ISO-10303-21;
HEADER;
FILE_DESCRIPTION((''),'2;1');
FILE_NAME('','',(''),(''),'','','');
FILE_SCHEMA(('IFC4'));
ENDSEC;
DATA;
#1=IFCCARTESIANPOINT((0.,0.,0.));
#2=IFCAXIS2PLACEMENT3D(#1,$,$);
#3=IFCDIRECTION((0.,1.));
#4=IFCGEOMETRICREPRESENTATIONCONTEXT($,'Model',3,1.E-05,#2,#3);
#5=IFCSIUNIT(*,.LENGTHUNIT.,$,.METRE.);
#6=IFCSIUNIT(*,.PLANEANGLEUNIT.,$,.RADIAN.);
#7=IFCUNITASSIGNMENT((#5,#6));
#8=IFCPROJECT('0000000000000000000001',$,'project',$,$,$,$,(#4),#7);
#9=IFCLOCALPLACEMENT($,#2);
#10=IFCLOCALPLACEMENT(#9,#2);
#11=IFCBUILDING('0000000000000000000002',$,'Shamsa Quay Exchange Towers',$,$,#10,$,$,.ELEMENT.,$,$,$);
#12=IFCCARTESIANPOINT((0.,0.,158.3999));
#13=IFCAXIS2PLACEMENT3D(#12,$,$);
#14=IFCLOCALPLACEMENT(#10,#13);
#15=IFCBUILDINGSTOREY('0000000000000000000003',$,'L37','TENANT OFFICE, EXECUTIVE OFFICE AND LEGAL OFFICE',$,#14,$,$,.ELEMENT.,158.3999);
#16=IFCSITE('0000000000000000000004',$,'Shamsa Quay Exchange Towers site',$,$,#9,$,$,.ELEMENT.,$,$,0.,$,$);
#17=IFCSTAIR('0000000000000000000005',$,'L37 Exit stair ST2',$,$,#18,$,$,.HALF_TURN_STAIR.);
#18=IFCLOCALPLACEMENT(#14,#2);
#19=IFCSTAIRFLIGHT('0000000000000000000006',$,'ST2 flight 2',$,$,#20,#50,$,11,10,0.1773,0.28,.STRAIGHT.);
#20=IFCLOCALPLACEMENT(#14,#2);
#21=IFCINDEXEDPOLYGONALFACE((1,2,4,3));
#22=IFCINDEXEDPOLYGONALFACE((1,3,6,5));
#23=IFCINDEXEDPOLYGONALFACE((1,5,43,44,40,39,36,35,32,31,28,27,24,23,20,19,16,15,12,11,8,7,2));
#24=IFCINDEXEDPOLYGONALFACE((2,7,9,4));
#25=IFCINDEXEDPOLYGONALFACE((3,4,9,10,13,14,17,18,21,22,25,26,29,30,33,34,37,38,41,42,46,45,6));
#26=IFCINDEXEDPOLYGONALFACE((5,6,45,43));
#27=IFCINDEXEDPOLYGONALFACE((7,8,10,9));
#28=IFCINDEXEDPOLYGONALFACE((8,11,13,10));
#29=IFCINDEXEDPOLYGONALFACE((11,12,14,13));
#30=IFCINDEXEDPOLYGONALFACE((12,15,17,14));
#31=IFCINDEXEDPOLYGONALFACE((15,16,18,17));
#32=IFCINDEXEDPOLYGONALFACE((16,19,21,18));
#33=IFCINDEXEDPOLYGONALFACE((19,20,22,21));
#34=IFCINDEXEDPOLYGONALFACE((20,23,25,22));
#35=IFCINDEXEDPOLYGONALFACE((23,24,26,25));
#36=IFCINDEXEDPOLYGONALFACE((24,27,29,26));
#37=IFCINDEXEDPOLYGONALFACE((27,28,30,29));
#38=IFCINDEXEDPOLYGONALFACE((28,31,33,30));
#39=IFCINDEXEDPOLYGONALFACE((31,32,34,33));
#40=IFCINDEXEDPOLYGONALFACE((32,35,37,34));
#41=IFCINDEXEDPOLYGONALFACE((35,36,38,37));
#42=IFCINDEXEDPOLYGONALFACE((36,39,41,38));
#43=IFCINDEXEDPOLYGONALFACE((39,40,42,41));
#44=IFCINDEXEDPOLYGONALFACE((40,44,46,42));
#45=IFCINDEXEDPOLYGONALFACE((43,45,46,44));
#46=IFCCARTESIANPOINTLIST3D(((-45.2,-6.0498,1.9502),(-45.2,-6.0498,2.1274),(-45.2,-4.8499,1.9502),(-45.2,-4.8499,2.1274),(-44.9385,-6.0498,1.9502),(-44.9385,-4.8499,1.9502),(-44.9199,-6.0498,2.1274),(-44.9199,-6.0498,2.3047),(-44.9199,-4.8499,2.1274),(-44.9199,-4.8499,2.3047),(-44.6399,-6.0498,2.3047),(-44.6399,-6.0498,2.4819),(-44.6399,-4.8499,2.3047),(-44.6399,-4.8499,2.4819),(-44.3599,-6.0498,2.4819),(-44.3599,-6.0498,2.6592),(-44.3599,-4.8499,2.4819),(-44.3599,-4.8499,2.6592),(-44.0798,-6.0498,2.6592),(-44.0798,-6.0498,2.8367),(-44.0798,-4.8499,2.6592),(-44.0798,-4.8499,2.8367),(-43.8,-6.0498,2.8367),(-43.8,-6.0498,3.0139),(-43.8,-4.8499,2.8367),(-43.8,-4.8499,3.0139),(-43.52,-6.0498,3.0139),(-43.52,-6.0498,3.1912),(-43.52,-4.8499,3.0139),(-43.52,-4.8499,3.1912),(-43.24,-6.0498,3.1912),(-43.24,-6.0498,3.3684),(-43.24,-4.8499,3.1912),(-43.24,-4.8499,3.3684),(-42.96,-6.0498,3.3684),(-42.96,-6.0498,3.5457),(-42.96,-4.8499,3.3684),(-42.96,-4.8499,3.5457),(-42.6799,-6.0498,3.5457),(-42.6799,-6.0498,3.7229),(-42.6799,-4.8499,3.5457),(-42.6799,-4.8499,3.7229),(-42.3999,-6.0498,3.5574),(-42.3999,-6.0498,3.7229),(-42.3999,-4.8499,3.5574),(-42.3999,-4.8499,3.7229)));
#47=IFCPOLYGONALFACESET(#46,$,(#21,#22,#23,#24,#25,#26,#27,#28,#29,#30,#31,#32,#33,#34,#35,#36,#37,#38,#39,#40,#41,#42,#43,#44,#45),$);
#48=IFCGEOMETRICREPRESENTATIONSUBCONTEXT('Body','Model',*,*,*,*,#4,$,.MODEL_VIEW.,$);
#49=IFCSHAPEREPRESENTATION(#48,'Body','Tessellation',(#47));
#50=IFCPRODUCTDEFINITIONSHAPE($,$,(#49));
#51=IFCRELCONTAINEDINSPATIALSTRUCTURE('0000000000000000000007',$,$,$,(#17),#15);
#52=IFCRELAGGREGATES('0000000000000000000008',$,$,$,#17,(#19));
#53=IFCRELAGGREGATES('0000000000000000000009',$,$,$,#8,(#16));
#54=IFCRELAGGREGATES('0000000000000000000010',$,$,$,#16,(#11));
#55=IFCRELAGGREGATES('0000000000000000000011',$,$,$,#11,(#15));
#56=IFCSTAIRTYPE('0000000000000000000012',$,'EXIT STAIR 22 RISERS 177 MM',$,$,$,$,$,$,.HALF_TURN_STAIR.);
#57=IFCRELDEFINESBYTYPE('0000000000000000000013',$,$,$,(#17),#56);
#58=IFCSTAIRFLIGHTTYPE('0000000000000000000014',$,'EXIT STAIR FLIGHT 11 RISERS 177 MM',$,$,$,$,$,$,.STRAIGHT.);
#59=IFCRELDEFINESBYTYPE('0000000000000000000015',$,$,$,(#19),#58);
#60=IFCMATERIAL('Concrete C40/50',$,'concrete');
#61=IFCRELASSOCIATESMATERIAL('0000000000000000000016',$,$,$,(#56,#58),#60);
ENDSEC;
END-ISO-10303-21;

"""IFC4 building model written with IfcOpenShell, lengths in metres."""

from ifc_helpers import new_model, si_unit, direction, frame, origin, place, context, subcontext, project, spatial, polyline, outline, extrude, material, type_object, element, aggregate, save


model = new_model("IFC4")

# Units and contexts
model_context = context("Model", 3, precision=1e-05, world=origin(), true_north=direction((0.0, 1.0)))
body_context = subcontext(model_context, "Body", "Model", "MODEL_VIEW")
ifc_project = project(units=[si_unit("LENGTHUNIT", "METRE"), si_unit("PLANEANGLEUNIT", "RADIAN")], contexts=[model_context])

# Site, building, storey
site_placement = place(None, origin())
site = spatial("IfcSite", under=ifc_project, at=site_placement, Name="Shamsa Quay Exchange Towers site", CompositionType="ELEMENT", RefElevation=0.0)
building_placement = place(site_placement, origin())
building = spatial("IfcBuilding", under=site, at=building_placement, Name="Shamsa Quay Exchange Towers", CompositionType="ELEMENT")
storey_placement = place(building_placement, frame((0.0, 0.0, 158.3999)))
storey = spatial("IfcBuildingStorey", under=building, at=storey_placement, Name="L37", Description="TENANT OFFICE, EXECUTIVE OFFICE AND LEGAL OFFICE", CompositionType="ELEMENT", Elevation=158.3999)

# Stair, stair flight
ifc_material_1 = material(Name="Concrete C40/50", Category="concrete")
stair_type = type_object("IfcStairType", Name="EXIT STAIR 22 RISERS 177 MM", PredefinedType="HALF_TURN_STAIR", material=ifc_material_1)
stair_placement = place(storey_placement, origin())
stair = element("IfcStair", 1, at=stair_placement, inside=storey, type_object=stair_type, Name="L37 Exit stair ST2", PredefinedType="HALF_TURN_STAIR")
stair_flight_type = type_object("IfcStairFlightType", Name="EXIT STAIR FLIGHT 11 RISERS 177 MM", PredefinedType="STRAIGHT", material=ifc_material_1)
stair_flight_placement = place(storey_placement, frame((-45.2, -5.45, 1.9502)))
stair_flight = element("IfcStairFlight", 2, at=stair_flight_placement, type_object=stair_flight_type, Name="ST2 flight 2", NumberOfRisers=11, NumberOfTreads=10, PredefinedType="STRAIGHT", RiserHeight=0.1773, TreadLength=0.28, context=body_context, shape_type="SweptSolid", body=[
    extrude(outline(polyline([(0.0, 0.0), (0.0, 0.1772), (0.28, 0.1772), (0.28, 0.3545), (0.5601, 0.3545), (0.5601, 0.5317), (0.8401, 0.5317), (0.8401, 0.709), (1.1201, 0.709), (1.1201, 0.8865), (1.3999, 0.8865), (1.3999, 1.0637), (1.6799, 1.0637), (1.6799, 1.241), (1.96, 1.241), (1.96, 1.4182), (2.24, 1.4182), (2.24, 1.5955), (2.52, 1.5955), (2.52, 1.7727), (2.8, 1.7727), (2.8, 1.95), (2.8, 1.6072), (0.2615, 0.0), (0.0, 0.0)])), frame((0.0, 0.6001, 0.0), z_axis=(0.0, -1.0, 0.0), x_axis=(1.0, 0.0, 0.0)), (0.0, 0.0, 1.0), 1.2),
])
aggregate(stair, [stair_flight])

save(model, "model.ifc")
